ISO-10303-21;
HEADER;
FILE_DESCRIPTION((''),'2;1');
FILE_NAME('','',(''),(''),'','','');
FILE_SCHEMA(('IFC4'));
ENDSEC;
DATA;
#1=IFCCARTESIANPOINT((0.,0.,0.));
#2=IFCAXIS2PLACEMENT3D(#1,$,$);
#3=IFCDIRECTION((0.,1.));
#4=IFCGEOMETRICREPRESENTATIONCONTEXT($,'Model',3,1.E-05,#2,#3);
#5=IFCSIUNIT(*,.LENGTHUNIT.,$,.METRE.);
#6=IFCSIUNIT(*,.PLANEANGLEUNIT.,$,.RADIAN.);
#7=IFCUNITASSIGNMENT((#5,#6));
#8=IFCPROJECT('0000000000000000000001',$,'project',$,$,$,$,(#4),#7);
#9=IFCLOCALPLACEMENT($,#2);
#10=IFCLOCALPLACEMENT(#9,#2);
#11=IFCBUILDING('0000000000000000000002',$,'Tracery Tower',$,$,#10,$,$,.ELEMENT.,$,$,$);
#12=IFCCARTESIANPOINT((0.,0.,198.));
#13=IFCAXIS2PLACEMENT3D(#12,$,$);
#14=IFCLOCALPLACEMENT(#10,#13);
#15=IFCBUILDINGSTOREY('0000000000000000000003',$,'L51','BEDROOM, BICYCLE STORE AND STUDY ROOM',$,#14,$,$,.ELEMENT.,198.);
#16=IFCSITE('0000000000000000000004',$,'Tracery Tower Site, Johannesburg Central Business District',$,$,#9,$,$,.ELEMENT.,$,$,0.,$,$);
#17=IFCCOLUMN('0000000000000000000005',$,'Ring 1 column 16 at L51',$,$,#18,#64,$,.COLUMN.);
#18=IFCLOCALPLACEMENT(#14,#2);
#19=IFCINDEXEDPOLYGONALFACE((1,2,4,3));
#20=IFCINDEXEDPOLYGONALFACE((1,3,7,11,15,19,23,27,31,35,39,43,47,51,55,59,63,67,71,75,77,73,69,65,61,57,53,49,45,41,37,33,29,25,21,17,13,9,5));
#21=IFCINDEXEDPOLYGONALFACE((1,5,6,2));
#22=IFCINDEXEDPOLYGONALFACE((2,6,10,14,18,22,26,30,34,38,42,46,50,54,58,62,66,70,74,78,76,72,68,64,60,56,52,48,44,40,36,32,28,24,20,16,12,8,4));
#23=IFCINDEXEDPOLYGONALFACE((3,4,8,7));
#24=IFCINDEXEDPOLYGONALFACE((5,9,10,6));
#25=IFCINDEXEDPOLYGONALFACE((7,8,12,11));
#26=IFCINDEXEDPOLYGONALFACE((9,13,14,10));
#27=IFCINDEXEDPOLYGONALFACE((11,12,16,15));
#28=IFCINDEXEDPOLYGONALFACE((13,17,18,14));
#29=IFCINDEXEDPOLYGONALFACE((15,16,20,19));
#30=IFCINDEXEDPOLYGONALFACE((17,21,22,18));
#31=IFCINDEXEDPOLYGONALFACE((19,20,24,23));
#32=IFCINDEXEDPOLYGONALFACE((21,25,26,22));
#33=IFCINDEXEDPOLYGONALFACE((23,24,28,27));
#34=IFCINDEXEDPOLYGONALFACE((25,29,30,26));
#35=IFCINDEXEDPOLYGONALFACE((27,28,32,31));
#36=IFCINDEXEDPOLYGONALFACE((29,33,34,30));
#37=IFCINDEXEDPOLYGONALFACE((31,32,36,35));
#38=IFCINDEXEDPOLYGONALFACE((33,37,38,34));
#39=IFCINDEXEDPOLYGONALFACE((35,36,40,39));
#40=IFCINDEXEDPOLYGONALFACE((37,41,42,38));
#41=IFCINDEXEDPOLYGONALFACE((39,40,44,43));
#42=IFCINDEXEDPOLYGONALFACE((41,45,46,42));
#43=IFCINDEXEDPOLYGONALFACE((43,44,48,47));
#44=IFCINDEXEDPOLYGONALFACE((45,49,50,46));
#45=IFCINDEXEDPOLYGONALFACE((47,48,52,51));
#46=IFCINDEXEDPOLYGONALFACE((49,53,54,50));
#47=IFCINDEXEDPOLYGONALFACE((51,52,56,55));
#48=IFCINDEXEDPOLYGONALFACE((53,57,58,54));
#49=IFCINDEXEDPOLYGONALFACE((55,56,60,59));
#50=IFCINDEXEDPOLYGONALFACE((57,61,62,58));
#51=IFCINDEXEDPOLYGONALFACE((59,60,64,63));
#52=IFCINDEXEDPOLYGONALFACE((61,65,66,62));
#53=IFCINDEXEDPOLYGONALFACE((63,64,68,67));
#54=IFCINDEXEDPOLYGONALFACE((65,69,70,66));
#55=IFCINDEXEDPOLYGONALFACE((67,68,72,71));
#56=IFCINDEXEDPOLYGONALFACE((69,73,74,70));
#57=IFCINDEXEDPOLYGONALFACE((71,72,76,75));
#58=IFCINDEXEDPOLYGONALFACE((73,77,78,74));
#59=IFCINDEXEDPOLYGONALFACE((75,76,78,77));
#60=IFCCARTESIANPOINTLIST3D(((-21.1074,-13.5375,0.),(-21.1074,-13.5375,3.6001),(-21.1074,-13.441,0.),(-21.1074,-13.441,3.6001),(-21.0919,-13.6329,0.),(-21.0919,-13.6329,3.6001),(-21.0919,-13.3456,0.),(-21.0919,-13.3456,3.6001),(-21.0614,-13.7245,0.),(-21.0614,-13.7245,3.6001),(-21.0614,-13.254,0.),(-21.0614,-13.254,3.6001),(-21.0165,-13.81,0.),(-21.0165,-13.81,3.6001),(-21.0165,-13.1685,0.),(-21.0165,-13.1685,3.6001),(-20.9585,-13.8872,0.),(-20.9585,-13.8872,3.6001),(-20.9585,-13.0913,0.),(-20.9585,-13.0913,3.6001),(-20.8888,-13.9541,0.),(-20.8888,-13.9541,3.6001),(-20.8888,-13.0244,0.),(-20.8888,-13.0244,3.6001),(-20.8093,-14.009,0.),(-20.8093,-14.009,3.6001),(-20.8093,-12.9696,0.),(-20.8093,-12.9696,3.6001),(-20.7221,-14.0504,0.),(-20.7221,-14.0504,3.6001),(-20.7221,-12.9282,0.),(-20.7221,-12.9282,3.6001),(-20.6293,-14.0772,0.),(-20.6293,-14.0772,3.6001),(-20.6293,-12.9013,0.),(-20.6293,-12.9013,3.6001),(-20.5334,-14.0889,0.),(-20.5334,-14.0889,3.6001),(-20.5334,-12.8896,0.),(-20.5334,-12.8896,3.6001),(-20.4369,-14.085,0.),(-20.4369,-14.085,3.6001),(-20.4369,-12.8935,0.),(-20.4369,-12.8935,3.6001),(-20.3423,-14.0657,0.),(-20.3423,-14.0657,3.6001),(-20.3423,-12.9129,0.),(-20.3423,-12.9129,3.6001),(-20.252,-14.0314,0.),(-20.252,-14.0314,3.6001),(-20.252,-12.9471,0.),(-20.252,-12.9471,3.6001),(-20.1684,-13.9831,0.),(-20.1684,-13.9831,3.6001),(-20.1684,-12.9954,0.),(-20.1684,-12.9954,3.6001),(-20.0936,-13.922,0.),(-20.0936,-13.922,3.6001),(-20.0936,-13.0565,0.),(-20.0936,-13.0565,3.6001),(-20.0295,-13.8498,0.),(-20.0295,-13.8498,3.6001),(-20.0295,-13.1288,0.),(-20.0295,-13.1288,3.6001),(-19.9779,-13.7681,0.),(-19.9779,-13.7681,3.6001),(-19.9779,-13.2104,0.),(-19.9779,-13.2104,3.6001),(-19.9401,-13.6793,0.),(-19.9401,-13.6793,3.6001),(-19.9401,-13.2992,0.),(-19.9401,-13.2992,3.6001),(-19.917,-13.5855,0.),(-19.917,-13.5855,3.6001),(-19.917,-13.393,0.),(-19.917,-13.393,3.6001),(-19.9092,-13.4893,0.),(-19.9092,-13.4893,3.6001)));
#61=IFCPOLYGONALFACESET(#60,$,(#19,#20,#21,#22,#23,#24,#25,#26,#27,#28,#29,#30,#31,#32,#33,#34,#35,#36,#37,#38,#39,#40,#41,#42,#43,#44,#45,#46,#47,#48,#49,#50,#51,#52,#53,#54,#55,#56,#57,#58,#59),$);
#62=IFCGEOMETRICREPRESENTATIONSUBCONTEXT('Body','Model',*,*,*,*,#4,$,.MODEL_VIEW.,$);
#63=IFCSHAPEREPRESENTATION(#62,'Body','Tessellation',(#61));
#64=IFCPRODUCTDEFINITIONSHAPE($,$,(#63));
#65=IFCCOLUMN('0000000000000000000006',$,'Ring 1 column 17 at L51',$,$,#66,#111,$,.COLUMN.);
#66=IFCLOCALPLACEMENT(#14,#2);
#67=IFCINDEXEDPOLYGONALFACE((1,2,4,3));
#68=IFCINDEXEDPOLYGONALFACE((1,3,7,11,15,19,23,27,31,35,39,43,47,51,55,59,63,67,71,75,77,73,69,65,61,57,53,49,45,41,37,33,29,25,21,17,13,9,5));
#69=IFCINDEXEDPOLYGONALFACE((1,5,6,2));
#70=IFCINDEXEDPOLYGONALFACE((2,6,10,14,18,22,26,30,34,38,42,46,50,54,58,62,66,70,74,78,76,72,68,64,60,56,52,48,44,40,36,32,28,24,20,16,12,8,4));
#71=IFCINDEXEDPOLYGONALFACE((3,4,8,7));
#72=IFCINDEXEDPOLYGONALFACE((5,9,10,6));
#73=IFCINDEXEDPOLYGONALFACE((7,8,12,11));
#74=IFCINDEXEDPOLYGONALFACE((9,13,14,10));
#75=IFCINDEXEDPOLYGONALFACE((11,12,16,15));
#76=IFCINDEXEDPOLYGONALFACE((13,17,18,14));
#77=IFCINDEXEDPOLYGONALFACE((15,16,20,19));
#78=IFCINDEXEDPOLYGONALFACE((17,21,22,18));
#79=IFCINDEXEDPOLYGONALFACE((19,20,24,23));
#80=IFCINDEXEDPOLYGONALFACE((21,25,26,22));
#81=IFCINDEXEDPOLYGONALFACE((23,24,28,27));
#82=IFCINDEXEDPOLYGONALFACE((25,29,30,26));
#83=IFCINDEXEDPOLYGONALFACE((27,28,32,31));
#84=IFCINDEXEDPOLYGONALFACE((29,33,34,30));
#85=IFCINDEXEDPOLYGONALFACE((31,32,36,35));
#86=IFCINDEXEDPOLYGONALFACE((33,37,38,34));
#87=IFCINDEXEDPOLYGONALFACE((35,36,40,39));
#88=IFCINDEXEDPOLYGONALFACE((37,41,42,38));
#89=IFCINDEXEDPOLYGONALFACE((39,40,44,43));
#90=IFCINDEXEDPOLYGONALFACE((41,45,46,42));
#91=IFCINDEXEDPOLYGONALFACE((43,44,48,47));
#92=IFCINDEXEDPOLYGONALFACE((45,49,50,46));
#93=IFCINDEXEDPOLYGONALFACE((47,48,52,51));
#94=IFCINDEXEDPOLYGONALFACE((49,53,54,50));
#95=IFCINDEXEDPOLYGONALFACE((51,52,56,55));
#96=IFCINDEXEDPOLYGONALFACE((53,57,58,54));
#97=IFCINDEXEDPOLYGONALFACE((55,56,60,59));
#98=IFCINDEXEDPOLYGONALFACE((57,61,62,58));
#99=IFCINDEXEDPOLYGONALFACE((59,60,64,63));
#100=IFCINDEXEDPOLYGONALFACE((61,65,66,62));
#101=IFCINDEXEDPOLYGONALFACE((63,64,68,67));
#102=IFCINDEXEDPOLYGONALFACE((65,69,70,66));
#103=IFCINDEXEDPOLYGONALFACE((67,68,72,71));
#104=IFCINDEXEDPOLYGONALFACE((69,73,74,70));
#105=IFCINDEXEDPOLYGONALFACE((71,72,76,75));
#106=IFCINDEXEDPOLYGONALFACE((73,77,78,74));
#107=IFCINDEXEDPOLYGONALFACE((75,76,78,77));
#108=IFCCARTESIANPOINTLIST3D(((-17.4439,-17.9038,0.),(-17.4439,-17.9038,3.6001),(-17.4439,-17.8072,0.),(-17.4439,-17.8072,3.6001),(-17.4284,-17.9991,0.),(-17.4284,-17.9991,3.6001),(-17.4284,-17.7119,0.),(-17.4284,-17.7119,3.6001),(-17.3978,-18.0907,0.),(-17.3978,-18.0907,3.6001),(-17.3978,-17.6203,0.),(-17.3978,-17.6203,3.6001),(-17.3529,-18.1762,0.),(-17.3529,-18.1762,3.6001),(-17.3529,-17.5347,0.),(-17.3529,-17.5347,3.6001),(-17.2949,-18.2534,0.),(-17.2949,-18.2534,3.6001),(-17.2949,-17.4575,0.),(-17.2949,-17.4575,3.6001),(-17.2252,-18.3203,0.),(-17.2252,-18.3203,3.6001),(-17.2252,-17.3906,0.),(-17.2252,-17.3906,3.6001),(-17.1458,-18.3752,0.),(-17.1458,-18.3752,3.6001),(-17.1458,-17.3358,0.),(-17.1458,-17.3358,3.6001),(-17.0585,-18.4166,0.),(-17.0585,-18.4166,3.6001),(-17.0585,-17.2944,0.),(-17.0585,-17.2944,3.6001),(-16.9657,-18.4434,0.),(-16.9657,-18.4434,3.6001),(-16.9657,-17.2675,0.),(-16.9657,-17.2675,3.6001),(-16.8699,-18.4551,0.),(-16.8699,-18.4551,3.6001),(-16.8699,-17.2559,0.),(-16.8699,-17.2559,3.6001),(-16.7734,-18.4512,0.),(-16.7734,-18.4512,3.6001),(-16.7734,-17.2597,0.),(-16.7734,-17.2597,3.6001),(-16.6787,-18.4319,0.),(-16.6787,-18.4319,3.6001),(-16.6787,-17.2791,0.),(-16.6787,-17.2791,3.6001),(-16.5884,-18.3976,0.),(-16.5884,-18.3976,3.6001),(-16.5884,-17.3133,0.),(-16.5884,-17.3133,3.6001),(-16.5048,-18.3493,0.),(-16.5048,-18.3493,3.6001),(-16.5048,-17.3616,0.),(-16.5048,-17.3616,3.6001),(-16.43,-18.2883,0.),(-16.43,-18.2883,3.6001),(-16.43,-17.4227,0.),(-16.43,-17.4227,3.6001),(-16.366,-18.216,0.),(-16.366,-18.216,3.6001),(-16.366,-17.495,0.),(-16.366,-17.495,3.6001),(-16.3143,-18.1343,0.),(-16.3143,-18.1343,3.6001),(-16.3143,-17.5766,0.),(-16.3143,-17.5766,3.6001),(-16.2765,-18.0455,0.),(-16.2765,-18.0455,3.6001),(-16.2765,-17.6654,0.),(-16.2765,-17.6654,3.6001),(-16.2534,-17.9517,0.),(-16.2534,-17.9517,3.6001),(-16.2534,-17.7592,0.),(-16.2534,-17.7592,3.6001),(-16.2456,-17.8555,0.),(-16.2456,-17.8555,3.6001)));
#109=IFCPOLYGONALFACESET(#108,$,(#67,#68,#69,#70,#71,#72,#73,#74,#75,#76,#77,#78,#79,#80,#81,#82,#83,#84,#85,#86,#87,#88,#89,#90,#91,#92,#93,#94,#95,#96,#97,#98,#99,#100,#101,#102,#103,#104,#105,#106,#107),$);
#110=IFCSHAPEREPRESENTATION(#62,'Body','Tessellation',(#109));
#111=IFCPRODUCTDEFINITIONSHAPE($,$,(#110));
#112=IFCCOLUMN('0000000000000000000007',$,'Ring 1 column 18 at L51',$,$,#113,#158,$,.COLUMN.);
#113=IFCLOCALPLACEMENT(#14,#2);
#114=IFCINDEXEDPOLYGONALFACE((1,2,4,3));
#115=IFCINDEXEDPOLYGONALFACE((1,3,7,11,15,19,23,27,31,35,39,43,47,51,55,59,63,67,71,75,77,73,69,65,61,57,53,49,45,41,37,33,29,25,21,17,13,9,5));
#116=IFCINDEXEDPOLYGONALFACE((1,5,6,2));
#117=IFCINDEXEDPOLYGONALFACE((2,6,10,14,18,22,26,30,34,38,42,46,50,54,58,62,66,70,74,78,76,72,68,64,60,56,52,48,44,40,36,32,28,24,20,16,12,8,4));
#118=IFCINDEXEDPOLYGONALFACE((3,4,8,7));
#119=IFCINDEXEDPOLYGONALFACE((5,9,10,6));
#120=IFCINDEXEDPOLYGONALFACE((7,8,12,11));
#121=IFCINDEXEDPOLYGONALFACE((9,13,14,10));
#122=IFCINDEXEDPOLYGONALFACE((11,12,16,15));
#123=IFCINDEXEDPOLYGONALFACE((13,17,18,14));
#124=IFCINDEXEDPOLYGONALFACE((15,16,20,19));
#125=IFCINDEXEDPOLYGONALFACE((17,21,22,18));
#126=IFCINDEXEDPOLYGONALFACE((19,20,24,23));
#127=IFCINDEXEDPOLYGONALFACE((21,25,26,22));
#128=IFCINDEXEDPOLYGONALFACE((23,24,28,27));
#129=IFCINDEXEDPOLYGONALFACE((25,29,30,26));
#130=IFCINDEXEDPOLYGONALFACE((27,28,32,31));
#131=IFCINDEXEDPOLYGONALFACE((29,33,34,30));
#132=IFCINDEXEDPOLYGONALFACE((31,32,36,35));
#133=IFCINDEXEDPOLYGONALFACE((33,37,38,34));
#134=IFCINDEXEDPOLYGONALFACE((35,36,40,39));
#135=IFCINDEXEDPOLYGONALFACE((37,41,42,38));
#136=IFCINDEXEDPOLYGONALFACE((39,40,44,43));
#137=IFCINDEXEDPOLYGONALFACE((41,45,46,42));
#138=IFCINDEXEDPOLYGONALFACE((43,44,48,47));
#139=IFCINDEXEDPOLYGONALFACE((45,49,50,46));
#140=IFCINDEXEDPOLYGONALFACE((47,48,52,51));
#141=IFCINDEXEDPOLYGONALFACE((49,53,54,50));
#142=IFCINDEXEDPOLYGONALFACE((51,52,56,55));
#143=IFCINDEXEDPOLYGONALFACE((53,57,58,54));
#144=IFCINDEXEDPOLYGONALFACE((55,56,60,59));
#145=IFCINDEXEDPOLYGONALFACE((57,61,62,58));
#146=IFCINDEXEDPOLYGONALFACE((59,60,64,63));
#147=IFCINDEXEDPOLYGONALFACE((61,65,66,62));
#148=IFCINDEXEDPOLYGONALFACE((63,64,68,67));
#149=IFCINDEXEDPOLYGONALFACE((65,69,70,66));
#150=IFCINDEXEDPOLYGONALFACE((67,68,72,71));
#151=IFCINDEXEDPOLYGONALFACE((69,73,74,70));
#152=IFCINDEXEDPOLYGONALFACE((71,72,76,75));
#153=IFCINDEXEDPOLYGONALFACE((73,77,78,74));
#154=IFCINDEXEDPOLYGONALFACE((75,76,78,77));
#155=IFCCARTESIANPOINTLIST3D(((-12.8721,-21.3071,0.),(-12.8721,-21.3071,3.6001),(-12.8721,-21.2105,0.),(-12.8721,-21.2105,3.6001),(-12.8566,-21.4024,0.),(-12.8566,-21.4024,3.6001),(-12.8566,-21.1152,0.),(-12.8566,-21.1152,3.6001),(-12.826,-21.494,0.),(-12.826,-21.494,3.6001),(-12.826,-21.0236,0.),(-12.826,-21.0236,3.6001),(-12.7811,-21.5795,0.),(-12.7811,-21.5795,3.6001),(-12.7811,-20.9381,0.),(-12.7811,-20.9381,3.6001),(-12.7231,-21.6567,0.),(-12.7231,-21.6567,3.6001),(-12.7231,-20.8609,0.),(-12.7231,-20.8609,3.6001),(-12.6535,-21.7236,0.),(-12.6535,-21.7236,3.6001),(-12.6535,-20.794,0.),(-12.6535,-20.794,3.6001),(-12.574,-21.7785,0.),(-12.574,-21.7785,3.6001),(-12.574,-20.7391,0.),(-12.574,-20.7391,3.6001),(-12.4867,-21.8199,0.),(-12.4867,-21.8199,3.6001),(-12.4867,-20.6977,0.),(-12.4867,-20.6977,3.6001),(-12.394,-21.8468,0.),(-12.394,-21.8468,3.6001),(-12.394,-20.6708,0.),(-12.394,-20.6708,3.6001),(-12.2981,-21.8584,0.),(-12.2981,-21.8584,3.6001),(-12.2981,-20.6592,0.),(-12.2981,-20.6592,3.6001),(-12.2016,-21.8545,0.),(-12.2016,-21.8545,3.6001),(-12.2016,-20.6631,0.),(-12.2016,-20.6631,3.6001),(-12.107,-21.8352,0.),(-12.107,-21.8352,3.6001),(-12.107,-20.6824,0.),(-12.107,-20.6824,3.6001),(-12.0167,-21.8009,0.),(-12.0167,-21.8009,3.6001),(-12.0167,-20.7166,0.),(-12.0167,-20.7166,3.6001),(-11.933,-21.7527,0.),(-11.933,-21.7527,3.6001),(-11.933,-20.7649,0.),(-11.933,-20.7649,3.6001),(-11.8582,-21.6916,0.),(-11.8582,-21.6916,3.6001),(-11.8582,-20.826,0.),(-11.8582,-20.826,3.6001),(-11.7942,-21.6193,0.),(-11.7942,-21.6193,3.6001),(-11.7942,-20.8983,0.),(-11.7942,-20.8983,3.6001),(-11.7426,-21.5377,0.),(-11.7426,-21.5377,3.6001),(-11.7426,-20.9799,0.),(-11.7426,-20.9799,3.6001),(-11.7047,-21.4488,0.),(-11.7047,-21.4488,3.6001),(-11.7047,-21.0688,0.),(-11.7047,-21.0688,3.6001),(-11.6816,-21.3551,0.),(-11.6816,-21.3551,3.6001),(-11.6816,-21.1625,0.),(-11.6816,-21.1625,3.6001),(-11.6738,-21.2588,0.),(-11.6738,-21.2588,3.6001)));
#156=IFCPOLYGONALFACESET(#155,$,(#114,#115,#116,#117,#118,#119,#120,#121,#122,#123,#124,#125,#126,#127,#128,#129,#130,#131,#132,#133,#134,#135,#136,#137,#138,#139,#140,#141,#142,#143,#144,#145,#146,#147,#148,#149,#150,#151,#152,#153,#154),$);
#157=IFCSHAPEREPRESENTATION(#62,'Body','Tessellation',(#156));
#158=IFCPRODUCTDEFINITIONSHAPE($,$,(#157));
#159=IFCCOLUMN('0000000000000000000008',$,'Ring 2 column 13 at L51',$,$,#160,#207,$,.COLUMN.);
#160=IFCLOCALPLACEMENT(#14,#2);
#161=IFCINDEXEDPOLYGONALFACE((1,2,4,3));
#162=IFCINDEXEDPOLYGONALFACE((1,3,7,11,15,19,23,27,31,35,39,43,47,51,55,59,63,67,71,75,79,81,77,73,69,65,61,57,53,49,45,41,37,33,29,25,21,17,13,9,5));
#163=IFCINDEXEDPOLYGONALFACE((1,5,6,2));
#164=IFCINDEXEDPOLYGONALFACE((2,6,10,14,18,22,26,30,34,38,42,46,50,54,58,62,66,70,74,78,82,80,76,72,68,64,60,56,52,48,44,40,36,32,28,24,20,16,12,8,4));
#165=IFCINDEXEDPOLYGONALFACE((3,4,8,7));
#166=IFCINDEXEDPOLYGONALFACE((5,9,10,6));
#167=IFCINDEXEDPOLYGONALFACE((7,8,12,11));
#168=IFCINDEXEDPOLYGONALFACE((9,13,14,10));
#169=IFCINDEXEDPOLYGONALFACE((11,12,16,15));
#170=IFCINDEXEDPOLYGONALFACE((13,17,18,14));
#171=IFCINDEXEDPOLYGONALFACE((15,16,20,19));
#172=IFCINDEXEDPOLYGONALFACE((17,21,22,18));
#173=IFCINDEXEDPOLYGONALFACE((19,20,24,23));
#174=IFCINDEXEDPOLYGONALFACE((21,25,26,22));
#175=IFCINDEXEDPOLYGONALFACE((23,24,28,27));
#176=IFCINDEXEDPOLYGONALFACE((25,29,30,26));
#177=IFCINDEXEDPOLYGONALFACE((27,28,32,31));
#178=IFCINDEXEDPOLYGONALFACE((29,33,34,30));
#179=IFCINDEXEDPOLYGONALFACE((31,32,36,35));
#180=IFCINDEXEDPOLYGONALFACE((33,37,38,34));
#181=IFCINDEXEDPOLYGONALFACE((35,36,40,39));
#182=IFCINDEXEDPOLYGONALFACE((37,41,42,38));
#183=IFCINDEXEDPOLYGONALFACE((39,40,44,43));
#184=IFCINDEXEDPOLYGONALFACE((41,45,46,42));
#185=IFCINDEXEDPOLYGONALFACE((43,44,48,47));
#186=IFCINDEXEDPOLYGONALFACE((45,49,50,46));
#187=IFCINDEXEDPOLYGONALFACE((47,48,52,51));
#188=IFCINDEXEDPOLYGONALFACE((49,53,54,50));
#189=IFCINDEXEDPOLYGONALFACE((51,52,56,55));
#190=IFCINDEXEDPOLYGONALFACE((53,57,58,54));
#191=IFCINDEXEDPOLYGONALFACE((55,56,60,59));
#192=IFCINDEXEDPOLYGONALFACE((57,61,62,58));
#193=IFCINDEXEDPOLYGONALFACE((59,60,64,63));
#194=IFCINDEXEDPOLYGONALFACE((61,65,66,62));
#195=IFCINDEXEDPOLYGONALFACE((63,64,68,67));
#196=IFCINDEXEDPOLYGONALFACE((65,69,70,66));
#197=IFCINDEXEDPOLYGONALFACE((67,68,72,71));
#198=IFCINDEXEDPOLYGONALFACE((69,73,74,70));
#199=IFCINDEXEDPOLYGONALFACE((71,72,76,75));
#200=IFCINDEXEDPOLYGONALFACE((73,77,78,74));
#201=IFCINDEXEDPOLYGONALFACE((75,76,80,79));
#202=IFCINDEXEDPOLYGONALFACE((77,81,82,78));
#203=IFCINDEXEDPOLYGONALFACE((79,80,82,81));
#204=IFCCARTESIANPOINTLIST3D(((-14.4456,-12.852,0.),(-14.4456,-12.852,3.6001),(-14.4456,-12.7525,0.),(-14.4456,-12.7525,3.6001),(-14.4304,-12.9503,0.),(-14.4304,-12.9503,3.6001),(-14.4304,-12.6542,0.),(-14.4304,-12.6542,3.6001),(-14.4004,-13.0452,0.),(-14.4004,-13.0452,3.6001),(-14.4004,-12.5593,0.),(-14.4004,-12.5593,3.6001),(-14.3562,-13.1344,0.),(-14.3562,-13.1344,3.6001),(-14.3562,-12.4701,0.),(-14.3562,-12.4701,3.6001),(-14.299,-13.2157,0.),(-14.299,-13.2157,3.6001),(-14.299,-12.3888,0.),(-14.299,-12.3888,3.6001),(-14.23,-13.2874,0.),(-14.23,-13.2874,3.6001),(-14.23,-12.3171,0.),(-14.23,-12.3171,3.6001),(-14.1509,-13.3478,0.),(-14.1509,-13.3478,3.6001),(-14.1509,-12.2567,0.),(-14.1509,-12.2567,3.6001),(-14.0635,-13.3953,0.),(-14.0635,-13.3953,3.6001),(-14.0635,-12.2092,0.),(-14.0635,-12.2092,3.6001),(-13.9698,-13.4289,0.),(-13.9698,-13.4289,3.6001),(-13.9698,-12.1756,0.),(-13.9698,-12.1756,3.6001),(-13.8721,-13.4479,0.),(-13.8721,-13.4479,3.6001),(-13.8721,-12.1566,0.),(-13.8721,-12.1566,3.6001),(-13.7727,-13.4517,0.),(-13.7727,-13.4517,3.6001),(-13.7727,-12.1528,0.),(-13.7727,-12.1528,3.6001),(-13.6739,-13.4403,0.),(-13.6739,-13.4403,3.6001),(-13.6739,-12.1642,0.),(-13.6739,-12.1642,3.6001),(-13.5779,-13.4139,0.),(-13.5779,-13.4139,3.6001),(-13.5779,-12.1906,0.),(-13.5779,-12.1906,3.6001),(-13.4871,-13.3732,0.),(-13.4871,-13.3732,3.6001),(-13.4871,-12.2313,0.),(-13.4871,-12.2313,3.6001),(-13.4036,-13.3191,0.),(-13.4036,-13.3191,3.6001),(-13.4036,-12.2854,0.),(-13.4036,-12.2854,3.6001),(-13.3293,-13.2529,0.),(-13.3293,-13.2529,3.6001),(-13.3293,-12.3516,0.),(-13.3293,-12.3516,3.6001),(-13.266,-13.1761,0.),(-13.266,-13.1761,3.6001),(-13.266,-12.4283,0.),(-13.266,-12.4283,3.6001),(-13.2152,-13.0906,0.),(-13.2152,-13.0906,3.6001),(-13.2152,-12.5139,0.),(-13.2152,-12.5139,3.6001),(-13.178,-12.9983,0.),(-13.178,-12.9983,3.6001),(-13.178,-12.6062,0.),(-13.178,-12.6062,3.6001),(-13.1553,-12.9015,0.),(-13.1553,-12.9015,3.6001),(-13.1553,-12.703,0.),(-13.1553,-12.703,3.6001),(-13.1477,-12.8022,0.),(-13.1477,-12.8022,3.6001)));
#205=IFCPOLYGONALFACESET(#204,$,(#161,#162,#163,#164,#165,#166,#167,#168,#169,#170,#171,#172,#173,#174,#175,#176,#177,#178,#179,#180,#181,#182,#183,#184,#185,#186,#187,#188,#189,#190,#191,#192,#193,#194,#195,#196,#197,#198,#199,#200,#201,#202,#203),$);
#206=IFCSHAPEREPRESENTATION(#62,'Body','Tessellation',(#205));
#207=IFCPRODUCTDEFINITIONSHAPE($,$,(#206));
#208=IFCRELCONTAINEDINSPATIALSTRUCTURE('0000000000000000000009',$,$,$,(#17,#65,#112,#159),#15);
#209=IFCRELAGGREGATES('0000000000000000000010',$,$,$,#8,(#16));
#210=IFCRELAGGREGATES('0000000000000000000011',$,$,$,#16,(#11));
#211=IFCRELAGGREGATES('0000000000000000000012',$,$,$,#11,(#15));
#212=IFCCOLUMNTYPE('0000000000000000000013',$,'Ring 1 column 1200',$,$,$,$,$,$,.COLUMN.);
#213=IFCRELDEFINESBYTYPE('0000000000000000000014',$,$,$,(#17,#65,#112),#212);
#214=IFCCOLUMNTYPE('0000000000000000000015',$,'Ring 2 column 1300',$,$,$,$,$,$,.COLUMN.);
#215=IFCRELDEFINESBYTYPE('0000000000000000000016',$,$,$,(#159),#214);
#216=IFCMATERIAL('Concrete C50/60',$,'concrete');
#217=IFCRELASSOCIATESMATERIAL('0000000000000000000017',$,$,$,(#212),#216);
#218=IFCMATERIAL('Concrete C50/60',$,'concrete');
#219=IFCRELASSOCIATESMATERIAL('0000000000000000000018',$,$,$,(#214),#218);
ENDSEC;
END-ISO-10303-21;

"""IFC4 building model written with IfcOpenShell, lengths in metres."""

from ifc_helpers import new_model, si_unit, direction, frame, origin, origin_2d, place, context, subcontext, project, spatial, circle, extrude, material, material_profile, profile_set, type_object, element, save


model = new_model("IFC4")

# Units and contexts
model_context = context("Model", 3, precision=1e-05, world=origin(), true_north=direction((0.0, 1.0)))
body_context = subcontext(model_context, "Body", "Model", "MODEL_VIEW")
ifc_project = project(units=[si_unit("LENGTHUNIT", "METRE"), si_unit("PLANEANGLEUNIT", "RADIAN")], contexts=[model_context])

# Site, building, storey
site_placement = place(None, origin())
site = spatial("IfcSite", under=ifc_project, at=site_placement, Name="Tracery Tower Site, Johannesburg Central Business District", CompositionType="ELEMENT", RefElevation=0.0)
building_placement = place(site_placement, origin())
building = spatial("IfcBuilding", under=site, at=building_placement, Name="Tracery Tower", CompositionType="ELEMENT")
storey_placement = place(building_placement, frame((0.0, 0.0, 198.0)))
storey = spatial("IfcBuildingStorey", under=building, at=storey_placement, Name="L51", Description="BEDROOM, BICYCLE STORE AND STUDY ROOM", CompositionType="ELEMENT", Elevation=198.0)

# Columns
ifc_material_1 = material(Name="Concrete C50/60", Category="concrete")
ifc_material_profile_1 = material_profile(ifc_material_1, circle(Radius=0.6001, at=origin_2d()), Name="RC D1200")
ifc_profile_set_1 = profile_set([ifc_material_profile_1], Name="Concrete C50/60")
column_type_1 = type_object("IfcColumnType", Name="Ring 1 column 1200", PredefinedType="COLUMN", material=ifc_profile_set_1)
for number, where, z_axis, x_axis, name in (
    (1, (-20.5093, -13.4893, 0.0), (0.0, 0.0, 1.0), (1.0, 0.0, 0.0), "Ring 1 column 16 at L51"),
    (2, (-16.8457, -17.8555, 0.0), (0.0, 0.0, 1.0), (1.0, 0.0, 0.0), "Ring 1 column 17 at L51"),
    (3, (-12.2739, -21.2588, 0.0), (0.0, 0.0, 1.0), (1.0, 0.0, 0.0), "Ring 1 column 18 at L51"),
):
    element("IfcColumn", number, at=place(storey_placement, frame(where, z_axis=z_axis, x_axis=x_axis)), inside=storey, type_object=column_type_1, Name=name, PredefinedType="COLUMN", context=body_context, shape_type="SweptSolid", body=[
        extrude(circle(Radius=0.6001, at=origin_2d()), origin(), (0.0, 0.0, 1.0), 3.6001),
    ])
ifc_material_2 = material(Name="Concrete C50/60", Category="concrete")
ifc_material_profile_2 = material_profile(ifc_material_2, circle(Radius=0.6499, at=origin_2d()), Name="RC D1300")
ifc_profile_set_2 = profile_set([ifc_material_profile_2], Name="Concrete C50/60")
column_type_2 = type_object("IfcColumnType", Name="Ring 2 column 1300", PredefinedType="COLUMN", material=ifc_profile_set_2)
column_placement = place(storey_placement, frame((-13.7976, -12.8022, 0.0), z_axis=(0.0, 0.0, 1.0), x_axis=(1.0, 0.0, 0.0)))
element("IfcColumn", 4, at=column_placement, inside=storey, type_object=column_type_2, Name="Ring 2 column 13 at L51", PredefinedType="COLUMN", context=body_context, shape_type="SweptSolid", body=[
    extrude(circle(Radius=0.6499, at=origin_2d()), origin(), (0.0, 0.0, 1.0), 3.6001),
])

save(model, "model.ifc")
